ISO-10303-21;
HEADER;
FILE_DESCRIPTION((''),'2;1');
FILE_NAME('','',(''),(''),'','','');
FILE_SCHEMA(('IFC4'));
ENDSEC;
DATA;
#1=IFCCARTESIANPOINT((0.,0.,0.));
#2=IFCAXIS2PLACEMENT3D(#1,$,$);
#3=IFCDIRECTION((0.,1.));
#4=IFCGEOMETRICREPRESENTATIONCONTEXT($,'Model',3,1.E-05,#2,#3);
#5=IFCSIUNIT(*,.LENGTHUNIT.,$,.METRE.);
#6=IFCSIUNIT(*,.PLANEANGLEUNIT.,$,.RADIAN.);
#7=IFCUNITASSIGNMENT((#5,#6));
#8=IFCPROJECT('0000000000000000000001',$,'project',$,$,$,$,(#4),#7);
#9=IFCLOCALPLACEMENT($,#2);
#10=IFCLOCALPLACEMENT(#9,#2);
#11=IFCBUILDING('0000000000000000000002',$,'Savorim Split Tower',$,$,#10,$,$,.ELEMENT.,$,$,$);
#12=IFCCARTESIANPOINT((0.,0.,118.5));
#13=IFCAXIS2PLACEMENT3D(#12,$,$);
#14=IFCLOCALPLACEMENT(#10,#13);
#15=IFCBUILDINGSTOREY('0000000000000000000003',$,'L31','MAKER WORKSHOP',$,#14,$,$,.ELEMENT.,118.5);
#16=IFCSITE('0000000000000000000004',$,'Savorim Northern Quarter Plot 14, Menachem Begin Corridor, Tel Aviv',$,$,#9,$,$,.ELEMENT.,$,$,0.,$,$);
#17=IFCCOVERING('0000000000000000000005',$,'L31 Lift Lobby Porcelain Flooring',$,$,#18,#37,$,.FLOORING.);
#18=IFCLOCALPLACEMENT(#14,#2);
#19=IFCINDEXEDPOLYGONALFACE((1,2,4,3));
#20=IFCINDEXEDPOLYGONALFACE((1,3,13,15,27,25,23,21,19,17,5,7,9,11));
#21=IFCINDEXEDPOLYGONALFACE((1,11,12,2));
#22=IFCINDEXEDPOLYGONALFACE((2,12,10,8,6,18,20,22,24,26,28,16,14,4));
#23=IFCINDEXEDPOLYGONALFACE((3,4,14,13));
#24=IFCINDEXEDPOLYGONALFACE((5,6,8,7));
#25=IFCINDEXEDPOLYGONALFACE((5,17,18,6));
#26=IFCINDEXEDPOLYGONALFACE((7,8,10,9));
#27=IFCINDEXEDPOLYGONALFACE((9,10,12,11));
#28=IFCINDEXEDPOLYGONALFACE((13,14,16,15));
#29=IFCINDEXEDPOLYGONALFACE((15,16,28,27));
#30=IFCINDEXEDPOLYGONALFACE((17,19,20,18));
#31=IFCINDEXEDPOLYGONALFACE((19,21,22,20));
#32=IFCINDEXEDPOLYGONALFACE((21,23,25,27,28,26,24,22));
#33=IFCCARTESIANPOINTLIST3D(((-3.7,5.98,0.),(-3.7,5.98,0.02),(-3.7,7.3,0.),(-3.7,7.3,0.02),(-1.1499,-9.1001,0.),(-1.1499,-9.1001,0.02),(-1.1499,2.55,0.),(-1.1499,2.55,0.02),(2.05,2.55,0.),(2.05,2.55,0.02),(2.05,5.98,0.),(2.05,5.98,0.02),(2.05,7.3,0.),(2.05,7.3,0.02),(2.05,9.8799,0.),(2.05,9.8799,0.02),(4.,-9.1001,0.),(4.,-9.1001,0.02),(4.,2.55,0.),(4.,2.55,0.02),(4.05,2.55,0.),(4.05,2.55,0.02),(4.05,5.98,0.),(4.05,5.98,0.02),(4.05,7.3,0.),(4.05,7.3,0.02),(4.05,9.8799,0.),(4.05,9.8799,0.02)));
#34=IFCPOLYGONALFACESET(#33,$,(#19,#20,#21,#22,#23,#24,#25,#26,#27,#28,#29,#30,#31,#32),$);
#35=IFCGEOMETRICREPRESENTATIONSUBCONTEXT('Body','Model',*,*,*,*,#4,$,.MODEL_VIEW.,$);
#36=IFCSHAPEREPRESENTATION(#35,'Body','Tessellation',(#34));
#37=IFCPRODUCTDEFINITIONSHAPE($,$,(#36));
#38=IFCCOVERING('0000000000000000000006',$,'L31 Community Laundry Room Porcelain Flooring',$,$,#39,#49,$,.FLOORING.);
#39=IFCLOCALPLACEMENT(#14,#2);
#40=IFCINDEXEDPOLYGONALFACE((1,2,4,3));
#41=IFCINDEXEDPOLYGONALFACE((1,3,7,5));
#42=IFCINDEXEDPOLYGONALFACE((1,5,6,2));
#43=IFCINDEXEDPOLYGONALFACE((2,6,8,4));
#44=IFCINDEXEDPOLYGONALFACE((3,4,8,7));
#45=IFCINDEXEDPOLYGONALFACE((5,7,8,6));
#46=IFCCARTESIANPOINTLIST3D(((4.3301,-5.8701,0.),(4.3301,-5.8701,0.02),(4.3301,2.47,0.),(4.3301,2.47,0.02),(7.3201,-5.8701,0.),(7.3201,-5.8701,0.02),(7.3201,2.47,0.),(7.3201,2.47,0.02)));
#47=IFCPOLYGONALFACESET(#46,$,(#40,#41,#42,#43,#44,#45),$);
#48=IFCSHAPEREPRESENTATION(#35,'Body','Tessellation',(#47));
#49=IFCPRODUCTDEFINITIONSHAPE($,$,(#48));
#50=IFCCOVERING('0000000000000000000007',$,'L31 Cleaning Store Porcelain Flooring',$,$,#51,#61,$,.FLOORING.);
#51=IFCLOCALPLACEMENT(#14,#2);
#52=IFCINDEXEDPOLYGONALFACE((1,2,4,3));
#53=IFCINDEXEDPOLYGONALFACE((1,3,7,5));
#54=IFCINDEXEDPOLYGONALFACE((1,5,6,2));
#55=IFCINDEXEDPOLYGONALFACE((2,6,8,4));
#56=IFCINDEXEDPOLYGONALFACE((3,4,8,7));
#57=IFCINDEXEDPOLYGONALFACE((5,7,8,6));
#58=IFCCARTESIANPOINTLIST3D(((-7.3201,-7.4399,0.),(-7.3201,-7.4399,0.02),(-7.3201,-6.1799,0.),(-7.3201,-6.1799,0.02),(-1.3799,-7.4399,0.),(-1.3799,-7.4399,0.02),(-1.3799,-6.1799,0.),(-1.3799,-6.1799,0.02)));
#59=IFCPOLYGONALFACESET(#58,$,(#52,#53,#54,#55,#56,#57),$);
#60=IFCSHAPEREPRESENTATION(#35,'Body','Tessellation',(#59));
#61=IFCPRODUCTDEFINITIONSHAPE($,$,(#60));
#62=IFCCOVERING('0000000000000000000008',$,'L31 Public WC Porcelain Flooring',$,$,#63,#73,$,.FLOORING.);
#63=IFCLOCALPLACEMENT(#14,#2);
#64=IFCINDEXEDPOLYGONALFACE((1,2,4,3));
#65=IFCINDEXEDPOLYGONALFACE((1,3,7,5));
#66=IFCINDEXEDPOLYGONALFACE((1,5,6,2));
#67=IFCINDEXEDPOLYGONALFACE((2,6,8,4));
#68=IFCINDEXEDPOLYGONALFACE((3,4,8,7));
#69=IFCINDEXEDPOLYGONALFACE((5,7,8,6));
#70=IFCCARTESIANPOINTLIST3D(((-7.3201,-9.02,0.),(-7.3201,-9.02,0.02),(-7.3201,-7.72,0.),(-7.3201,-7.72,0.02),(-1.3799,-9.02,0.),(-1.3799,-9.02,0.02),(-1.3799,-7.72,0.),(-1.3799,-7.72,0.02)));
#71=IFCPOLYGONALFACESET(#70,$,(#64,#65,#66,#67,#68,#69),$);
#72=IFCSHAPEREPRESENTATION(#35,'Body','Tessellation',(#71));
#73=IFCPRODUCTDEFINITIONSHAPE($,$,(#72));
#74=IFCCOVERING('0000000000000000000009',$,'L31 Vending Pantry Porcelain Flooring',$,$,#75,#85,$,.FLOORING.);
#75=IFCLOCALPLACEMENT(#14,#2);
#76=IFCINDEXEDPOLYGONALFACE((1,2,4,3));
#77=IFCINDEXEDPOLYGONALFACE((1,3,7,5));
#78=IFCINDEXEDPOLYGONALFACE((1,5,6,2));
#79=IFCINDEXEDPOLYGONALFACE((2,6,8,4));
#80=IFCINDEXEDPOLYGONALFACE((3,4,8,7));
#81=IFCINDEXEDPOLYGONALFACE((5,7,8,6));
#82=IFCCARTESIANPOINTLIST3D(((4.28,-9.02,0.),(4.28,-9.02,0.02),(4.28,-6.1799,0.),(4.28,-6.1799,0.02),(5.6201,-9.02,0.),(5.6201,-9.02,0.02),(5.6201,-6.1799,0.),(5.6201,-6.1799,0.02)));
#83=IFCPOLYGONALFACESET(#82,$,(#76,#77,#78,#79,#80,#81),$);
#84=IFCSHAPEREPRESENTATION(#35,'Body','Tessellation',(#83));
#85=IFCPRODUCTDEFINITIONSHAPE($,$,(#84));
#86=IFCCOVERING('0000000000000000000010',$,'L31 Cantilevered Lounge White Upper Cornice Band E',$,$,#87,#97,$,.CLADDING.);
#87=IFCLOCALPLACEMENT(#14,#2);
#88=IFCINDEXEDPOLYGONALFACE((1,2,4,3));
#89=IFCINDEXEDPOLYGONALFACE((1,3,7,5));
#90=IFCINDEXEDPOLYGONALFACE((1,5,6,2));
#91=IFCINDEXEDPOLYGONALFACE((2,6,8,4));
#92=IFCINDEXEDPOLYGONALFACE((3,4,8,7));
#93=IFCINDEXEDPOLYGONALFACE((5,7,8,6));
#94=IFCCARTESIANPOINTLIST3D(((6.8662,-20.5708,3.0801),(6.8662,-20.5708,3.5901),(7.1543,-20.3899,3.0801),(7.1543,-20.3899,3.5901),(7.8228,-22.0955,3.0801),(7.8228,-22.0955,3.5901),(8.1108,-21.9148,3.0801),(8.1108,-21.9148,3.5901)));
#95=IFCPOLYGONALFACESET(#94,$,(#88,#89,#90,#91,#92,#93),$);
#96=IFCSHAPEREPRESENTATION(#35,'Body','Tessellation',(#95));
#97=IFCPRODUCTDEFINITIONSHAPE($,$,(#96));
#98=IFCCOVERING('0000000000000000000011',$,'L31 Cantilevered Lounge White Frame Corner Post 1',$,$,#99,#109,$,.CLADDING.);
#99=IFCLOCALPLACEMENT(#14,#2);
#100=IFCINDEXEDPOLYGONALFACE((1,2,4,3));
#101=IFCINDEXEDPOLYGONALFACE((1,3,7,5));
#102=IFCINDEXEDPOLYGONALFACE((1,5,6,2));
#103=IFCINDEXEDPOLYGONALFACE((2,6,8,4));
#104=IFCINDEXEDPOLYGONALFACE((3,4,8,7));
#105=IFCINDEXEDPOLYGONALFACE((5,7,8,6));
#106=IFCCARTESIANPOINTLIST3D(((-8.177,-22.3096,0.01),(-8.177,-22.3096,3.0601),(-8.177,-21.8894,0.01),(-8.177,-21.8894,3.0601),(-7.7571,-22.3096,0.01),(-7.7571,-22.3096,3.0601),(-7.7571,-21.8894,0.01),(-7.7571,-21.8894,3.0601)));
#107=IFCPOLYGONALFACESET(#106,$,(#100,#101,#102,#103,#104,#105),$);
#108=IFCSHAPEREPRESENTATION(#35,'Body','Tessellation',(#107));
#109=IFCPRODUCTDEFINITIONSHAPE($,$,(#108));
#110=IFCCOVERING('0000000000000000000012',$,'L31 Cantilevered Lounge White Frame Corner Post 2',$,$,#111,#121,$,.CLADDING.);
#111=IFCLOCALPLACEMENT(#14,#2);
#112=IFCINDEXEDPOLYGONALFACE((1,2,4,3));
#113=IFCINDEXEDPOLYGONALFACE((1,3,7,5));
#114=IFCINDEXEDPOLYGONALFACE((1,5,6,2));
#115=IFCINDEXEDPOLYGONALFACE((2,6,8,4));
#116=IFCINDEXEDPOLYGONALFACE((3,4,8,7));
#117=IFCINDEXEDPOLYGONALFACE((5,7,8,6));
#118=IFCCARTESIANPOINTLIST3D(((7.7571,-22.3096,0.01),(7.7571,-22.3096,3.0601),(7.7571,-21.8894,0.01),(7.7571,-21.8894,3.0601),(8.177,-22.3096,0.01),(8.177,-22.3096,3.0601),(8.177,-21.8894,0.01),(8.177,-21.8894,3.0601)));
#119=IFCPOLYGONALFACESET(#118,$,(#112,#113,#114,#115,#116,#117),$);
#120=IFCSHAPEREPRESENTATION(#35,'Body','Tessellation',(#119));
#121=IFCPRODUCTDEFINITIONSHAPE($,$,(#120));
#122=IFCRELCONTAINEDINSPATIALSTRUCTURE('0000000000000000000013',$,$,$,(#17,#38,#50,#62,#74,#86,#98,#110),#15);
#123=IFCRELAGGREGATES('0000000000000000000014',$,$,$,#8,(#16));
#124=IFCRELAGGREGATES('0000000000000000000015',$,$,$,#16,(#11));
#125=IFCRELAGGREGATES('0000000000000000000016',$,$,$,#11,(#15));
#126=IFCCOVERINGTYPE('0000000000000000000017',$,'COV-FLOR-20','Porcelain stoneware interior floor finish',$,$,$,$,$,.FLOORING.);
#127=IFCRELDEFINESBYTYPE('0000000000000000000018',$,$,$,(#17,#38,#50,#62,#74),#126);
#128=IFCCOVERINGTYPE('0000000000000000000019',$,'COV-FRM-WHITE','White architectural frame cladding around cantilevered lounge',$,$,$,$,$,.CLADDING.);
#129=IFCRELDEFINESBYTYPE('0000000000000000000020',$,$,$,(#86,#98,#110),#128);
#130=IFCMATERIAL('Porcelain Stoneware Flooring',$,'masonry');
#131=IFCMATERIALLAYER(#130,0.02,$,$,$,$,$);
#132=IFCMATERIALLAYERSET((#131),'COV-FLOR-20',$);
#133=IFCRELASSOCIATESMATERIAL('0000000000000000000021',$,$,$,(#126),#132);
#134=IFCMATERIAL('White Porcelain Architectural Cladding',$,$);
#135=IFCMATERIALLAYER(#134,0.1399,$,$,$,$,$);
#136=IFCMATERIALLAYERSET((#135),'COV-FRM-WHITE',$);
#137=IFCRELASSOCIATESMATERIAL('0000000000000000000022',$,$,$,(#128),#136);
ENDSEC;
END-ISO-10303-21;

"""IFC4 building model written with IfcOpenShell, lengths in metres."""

from ifc_helpers import new_model, si_unit, direction, frame, origin, place, context, subcontext, project, spatial, polyline, outline, extrude, material, layer, layer_set, type_object, element, save


model = new_model("IFC4")

# Units and contexts
model_context = context("Model", 3, precision=1e-05, world=origin(), true_north=direction((0.0, 1.0)))
body_context = subcontext(model_context, "Body", "Model", "MODEL_VIEW")
ifc_project = project(units=[si_unit("LENGTHUNIT", "METRE"), si_unit("PLANEANGLEUNIT", "RADIAN")], contexts=[model_context])

# Site, building, storey
site_placement = place(None, origin())
site = spatial("IfcSite", under=ifc_project, at=site_placement, Name="Savorim Northern Quarter Plot 14, Menachem Begin Corridor, Tel Aviv", CompositionType="ELEMENT", RefElevation=0.0)
building_placement = place(site_placement, origin())
building = spatial("IfcBuilding", under=site, at=building_placement, Name="Savorim Split Tower", CompositionType="ELEMENT")
storey_placement = place(building_placement, frame((0.0, 0.0, 118.5)))
storey = spatial("IfcBuildingStorey", under=building, at=storey_placement, Name="L31", Description="MAKER WORKSHOP", CompositionType="ELEMENT", Elevation=118.5)

# Coverings
ifc_material_1 = material(Name="Porcelain Stoneware Flooring", Category="masonry")
ifc_layer_1 = layer(ifc_material_1, 0.02)
ifc_layer_set_1 = layer_set([ifc_layer_1], Name="COV-FLOR-20")
covering_type_1 = type_object("IfcCoveringType", Name="COV-FLOR-20", Description="Porcelain stoneware interior floor finish", PredefinedType="FLOORING", material=ifc_layer_set_1)
covering_1_placement = place(storey_placement, origin())
element("IfcCovering", 1, at=covering_1_placement, inside=storey, type_object=covering_type_1, Name="L31 Lift Lobby Porcelain Flooring", PredefinedType="FLOORING", context=body_context, shape_type="SweptSolid", body=[
    extrude(outline(polyline([(2.05, 2.55), (-1.1499, 2.55), (-1.1499, -9.1001), (4.0, -9.1001), (4.0, 2.55), (4.05, 2.55), (4.05, 5.98), (4.05, 7.3), (4.05, 9.8799), (2.05, 9.8799), (2.05, 7.3), (-3.7, 7.3), (-3.7, 5.98), (2.05, 5.98), (2.05, 2.55)])), origin(), (0.0, 0.0, 1.0), 0.02),
])
covering_2_placement = place(storey_placement, origin())
element("IfcCovering", 2, at=covering_2_placement, inside=storey, type_object=covering_type_1, Name="L31 Community Laundry Room Porcelain Flooring", PredefinedType="FLOORING", context=body_context, shape_type="SweptSolid", body=[
    extrude(outline(polyline([(4.3301, 2.47), (4.3301, -5.8701), (7.3201, -5.8701), (7.3201, 2.47), (4.3301, 2.47)])), origin(), (0.0, 0.0, 1.0), 0.02),
])
covering_3_placement = place(storey_placement, origin())
element("IfcCovering", 3, at=covering_3_placement, inside=storey, type_object=covering_type_1, Name="L31 Cleaning Store Porcelain Flooring", PredefinedType="FLOORING", context=body_context, shape_type="SweptSolid", body=[
    extrude(outline(polyline([(-7.3201, -6.1799), (-7.3201, -7.4399), (-1.3799, -7.4399), (-1.3799, -6.1799), (-7.3201, -6.1799)])), origin(), (0.0, 0.0, 1.0), 0.02),
])
covering_4_placement = place(storey_placement, origin())
element("IfcCovering", 4, at=covering_4_placement, inside=storey, type_object=covering_type_1, Name="L31 Public WC Porcelain Flooring", PredefinedType="FLOORING", context=body_context, shape_type="SweptSolid", body=[
    extrude(outline(polyline([(-7.3201, -7.72), (-7.3201, -9.02), (-1.3799, -9.02), (-1.3799, -7.72), (-7.3201, -7.72)])), origin(), (0.0, 0.0, 1.0), 0.02),
])
covering_5_placement = place(storey_placement, origin())
element("IfcCovering", 5, at=covering_5_placement, inside=storey, type_object=covering_type_1, Name="L31 Vending Pantry Porcelain Flooring", PredefinedType="FLOORING", context=body_context, shape_type="SweptSolid", body=[
    extrude(outline(polyline([(4.28, -6.1799), (4.28, -9.02), (5.6201, -9.02), (5.6201, -6.1799), (4.28, -6.1799)])), origin(), (0.0, 0.0, 1.0), 0.02),
])
ifc_material_2 = material(Name="White Porcelain Architectural Cladding")
ifc_layer_2 = layer(ifc_material_2, 0.1399)
ifc_layer_set_2 = layer_set([ifc_layer_2], Name="COV-FRM-WHITE")
covering_type_2 = type_object("IfcCoveringType", Name="COV-FRM-WHITE", Description="White architectural frame cladding around cantilevered lounge", PredefinedType="CLADDING", material=ifc_layer_set_2)
covering_6_placement = place(storey_placement, frame((0.0, 0.0, 3.0801)))
element("IfcCovering", 6, at=covering_6_placement, inside=storey, type_object=covering_type_2, Name="L31 Cantilevered Lounge White Upper Cornice Band E", PredefinedType="CLADDING", context=body_context, shape_type="SweptSolid", body=[
    extrude(outline(polyline([(8.1108, -21.9148), (7.1543, -20.3899), (6.8662, -20.5708), (7.8228, -22.0955), (8.1108, -21.9148)])), origin(), (0.0, 0.0, 1.0), 0.51),
])
covering_7_placement = place(storey_placement, frame((0.0, 0.0, 0.01)))
element("IfcCovering", 7, at=covering_7_placement, inside=storey, type_object=covering_type_2, Name="L31 Cantilevered Lounge White Frame Corner Post 1", PredefinedType="CLADDING", context=body_context, shape_type="SweptSolid", body=[
    extrude(outline(polyline([(-8.177, -22.3096), (-7.7571, -22.3096), (-7.7571, -21.8894), (-8.177, -21.8894), (-8.177, -22.3096)])), origin(), (0.0, 0.0, 1.0), 3.05),
])
covering_8_placement = place(storey_placement, frame((0.0, 0.0, 0.01)))
element("IfcCovering", 8, at=covering_8_placement, inside=storey, type_object=covering_type_2, Name="L31 Cantilevered Lounge White Frame Corner Post 2", PredefinedType="CLADDING", context=body_context, shape_type="SweptSolid", body=[
    extrude(outline(polyline([(7.7571, -22.3096), (8.177, -22.3096), (8.177, -21.8894), (7.7571, -21.8894), (7.7571, -22.3096)])), origin(), (0.0, 0.0, 1.0), 3.05),
])

save(model, "model.ifc")
